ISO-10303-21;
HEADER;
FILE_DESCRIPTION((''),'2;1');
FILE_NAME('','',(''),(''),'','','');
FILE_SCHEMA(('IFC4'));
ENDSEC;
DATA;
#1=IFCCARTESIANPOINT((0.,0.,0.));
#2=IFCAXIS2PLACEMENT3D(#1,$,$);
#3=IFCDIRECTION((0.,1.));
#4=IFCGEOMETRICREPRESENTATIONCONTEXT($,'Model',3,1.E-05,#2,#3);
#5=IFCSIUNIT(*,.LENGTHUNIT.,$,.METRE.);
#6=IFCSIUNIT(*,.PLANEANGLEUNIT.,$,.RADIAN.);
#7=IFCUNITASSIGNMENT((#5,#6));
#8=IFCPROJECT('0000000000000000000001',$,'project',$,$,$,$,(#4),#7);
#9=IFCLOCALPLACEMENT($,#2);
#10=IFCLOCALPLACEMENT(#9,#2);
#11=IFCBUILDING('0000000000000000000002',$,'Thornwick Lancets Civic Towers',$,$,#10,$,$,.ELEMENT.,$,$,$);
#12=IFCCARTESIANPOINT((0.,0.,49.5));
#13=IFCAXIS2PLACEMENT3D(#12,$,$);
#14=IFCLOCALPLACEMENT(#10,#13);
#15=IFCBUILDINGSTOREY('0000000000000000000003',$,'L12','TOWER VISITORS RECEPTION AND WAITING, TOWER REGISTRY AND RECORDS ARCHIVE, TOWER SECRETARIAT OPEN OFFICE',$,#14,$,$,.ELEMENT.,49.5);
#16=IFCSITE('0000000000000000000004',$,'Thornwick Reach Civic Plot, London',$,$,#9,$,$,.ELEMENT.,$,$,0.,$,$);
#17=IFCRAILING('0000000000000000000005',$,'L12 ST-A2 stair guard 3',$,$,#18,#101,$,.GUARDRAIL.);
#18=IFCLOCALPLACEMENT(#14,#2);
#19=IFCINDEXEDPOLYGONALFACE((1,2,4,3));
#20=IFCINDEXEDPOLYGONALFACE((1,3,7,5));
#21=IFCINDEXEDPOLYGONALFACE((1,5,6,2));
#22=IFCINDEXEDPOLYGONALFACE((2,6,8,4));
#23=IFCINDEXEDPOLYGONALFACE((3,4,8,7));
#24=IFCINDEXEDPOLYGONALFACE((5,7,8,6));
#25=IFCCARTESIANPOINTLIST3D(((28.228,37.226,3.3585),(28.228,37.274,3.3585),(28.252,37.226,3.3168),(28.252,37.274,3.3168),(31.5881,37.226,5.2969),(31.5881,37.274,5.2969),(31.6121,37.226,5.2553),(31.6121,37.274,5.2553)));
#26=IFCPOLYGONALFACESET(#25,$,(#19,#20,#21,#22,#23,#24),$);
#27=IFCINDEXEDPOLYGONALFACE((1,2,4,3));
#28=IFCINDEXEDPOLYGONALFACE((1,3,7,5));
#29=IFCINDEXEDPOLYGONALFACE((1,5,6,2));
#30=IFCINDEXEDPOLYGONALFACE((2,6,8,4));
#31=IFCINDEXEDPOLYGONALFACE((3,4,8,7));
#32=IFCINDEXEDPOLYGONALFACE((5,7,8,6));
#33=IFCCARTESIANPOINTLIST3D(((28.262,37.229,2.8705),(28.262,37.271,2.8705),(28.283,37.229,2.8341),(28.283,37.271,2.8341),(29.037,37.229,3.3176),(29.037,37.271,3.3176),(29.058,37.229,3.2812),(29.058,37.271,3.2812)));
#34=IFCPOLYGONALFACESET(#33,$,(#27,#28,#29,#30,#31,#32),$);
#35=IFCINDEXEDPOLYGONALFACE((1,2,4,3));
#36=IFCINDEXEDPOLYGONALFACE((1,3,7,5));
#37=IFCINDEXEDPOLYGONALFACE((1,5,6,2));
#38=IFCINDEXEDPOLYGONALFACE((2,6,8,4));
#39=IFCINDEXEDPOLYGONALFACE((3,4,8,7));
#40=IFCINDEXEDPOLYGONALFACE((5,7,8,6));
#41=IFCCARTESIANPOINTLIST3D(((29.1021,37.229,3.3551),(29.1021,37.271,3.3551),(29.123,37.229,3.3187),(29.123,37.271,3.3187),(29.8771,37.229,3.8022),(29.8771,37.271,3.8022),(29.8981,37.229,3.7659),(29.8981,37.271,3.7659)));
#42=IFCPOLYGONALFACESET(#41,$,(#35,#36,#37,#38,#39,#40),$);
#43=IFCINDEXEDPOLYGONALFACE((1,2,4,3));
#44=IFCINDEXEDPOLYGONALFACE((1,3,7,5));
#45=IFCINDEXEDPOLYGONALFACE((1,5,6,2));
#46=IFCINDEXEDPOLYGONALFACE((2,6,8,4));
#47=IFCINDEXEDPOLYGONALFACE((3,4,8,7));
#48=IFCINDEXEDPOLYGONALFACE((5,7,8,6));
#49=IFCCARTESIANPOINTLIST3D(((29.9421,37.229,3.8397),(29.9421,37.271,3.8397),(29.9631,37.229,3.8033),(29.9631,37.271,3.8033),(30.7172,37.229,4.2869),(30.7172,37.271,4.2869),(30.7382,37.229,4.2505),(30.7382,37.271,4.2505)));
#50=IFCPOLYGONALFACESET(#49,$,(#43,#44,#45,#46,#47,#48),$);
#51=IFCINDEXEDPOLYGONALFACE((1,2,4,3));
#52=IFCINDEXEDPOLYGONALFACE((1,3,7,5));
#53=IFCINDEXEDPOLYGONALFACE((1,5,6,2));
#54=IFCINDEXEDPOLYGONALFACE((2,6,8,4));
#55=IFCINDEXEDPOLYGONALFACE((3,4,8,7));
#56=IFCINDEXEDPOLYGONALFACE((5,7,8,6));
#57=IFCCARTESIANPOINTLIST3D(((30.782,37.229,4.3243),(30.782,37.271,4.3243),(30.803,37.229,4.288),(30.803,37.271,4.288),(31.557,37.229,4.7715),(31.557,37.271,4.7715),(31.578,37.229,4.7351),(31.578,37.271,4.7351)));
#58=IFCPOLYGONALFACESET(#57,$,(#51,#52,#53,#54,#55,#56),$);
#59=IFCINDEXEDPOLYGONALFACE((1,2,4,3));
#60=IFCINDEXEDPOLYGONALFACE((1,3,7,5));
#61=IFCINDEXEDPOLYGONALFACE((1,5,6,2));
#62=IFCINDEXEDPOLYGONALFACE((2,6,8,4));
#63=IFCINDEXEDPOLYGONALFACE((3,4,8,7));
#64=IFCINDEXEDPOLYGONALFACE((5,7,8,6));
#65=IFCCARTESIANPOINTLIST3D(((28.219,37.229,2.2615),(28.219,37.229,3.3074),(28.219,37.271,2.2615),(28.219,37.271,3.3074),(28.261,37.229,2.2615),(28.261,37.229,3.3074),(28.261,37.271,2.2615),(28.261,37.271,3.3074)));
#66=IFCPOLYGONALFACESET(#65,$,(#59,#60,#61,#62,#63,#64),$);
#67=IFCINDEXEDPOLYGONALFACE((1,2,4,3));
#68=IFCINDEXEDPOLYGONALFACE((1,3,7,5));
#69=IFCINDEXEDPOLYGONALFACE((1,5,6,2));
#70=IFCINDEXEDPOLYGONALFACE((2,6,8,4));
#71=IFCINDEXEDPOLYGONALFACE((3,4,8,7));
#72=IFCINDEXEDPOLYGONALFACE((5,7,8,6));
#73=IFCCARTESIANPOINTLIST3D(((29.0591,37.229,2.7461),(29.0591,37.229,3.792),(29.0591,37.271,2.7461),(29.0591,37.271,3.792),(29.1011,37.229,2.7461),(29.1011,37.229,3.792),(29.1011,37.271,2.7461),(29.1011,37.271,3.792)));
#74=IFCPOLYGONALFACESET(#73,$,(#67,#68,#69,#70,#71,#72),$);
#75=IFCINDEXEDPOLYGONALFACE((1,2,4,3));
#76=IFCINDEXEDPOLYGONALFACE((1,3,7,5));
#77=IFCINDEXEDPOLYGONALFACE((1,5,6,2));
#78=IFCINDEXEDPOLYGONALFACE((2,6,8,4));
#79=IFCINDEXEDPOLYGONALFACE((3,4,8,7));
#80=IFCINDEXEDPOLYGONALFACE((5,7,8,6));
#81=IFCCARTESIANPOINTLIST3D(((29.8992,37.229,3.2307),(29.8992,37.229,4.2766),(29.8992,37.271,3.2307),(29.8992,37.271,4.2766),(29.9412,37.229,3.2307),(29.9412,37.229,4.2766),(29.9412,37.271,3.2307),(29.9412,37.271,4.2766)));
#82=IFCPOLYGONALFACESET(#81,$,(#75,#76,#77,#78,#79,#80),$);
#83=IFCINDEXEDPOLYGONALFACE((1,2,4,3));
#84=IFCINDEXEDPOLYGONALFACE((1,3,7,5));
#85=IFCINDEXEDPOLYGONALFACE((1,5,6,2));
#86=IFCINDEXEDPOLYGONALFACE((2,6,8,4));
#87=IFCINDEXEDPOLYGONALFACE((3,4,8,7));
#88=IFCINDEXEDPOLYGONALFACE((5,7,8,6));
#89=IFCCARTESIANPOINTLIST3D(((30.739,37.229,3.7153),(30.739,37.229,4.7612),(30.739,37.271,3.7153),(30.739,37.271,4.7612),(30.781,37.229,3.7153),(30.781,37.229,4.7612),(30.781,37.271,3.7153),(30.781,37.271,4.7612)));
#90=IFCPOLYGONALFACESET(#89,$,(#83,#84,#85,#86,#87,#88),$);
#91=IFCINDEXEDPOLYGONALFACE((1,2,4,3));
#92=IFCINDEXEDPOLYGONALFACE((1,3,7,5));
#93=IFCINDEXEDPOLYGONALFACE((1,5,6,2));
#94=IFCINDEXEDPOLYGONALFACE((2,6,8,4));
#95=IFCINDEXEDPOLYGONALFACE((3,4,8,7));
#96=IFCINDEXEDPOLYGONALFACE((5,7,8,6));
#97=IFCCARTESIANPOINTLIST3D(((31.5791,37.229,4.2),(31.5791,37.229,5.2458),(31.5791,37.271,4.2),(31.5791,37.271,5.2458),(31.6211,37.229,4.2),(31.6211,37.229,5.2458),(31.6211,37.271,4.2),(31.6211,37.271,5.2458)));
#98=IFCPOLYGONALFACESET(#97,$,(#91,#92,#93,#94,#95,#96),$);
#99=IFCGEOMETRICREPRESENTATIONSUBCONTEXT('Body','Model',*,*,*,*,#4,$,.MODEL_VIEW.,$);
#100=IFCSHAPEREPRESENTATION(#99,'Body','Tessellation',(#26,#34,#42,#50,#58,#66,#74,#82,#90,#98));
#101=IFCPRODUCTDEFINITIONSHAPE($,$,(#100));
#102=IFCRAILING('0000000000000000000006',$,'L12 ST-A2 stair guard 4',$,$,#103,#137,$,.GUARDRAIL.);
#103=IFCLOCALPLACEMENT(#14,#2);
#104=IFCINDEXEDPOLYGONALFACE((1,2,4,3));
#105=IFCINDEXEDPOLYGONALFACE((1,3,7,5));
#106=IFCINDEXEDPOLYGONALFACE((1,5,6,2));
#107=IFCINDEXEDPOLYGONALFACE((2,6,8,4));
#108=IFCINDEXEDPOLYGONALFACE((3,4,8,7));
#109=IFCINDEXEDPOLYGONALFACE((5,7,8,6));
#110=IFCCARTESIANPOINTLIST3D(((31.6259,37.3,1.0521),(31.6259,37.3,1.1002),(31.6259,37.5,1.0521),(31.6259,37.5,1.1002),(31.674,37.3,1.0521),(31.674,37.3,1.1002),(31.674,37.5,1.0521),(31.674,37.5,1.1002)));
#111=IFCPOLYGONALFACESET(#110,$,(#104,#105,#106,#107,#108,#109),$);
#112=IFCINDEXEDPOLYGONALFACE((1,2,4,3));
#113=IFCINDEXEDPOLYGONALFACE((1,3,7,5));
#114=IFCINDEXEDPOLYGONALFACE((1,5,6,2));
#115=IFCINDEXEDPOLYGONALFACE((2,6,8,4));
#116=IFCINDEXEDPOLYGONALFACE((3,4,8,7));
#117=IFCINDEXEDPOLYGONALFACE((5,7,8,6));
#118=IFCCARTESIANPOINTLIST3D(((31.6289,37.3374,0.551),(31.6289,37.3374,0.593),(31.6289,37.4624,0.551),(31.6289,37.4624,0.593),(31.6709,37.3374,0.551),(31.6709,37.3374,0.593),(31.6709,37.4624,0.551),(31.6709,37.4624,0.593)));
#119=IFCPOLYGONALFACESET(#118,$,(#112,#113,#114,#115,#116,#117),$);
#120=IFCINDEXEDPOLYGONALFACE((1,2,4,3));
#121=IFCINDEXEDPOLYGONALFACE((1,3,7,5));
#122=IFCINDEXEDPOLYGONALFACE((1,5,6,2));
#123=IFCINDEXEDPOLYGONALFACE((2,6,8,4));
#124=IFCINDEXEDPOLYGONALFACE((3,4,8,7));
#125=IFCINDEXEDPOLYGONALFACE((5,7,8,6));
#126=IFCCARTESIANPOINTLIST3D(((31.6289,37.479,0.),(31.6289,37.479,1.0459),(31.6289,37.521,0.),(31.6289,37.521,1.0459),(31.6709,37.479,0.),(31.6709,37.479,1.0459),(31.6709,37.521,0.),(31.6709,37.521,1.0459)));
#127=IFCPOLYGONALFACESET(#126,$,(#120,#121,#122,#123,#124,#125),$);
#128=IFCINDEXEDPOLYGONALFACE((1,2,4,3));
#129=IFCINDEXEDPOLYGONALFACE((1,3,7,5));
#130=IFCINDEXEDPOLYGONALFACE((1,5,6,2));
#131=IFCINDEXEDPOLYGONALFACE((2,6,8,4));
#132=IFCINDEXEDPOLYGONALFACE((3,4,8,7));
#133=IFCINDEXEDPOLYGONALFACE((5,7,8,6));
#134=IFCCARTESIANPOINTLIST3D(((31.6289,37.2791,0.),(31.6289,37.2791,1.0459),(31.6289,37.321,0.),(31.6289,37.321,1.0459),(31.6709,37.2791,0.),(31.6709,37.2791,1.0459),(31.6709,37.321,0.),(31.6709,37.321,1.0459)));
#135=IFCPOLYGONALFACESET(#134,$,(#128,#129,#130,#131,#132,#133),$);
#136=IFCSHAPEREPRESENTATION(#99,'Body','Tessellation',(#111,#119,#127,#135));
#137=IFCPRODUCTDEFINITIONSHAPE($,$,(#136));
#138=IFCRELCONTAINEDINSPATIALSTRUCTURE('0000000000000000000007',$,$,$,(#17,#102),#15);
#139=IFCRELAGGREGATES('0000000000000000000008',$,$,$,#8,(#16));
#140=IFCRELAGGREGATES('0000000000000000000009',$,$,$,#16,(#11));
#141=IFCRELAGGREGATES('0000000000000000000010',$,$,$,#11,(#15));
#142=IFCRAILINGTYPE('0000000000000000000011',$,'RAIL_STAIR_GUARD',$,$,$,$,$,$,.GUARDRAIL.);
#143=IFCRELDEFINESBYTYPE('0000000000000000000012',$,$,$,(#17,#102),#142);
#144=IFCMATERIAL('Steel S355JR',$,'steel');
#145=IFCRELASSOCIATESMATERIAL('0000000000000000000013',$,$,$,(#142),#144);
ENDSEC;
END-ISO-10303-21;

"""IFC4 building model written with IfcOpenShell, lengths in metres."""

from ifc_helpers import new_model, si_unit, direction, frame, origin, origin_2d, place, context, subcontext, project, spatial, rectangle, extrude, material, type_object, element, save


model = new_model("IFC4")

# Units and contexts
model_context = context("Model", 3, precision=1e-05, world=origin(), true_north=direction((0.0, 1.0)))
body_context = subcontext(model_context, "Body", "Model", "MODEL_VIEW")
ifc_project = project(units=[si_unit("LENGTHUNIT", "METRE"), si_unit("PLANEANGLEUNIT", "RADIAN")], contexts=[model_context])

# Site, building, storey
site_placement = place(None, origin())
site = spatial("IfcSite", under=ifc_project, at=site_placement, Name="Thornwick Reach Civic Plot, London", CompositionType="ELEMENT", RefElevation=0.0)
building_placement = place(site_placement, origin())
building = spatial("IfcBuilding", under=site, at=building_placement, Name="Thornwick Lancets Civic Towers", CompositionType="ELEMENT")
storey_placement = place(building_placement, frame((0.0, 0.0, 49.5)))
storey = spatial("IfcBuildingStorey", under=building, at=storey_placement, Name="L12", Description="TOWER VISITORS RECEPTION AND WAITING, TOWER REGISTRY AND RECORDS ARCHIVE, TOWER SECRETARIAT OPEN OFFICE", CompositionType="ELEMENT", Elevation=49.5)

# Shared definitions
ifc_material_1 = material(Name="Steel S355JR", Category="steel")

# Railings
railing_type_1 = type_object("IfcRailingType", Name="RAIL_STAIR_GUARD", PredefinedType="GUARDRAIL", material=ifc_material_1)
railing_1_placement = place(storey_placement, frame((28.24, 37.25, 2.2615)))
element("IfcRailing", 1, at=railing_1_placement, inside=storey, type_object=railing_type_1, Name="L12 ST-A2 stair guard 3", PredefinedType="GUARDRAIL", context=body_context, shape_type="SweptSolid", body=[
    extrude(rectangle(XDim=0.0481, YDim=0.0481, at=origin_2d()), frame((0.0, 0.0, 1.0762), z_axis=(0.866191, 0.0, 0.499713), x_axis=(0.0, 1.0, 0.0)), (0.0, 0.0, 1.0), 3.8792),
    extrude(rectangle(XDim=0.042, YDim=0.042, at=origin_2d()), frame((0.0325, 0.0, 0.5908), z_axis=(0.866191, 0.0, 0.499713), x_axis=(0.0, 1.0, 0.0)), (0.0, 0.0, 1.0), 0.8948),
    extrude(rectangle(XDim=0.042, YDim=0.042, at=origin_2d()), frame((0.8726, 0.0, 1.0754), z_axis=(0.866191, 0.0, 0.499713), x_axis=(0.0, 1.0, 0.0)), (0.0, 0.0, 1.0), 0.8948),
    extrude(rectangle(XDim=0.042, YDim=0.042, at=origin_2d()), frame((1.7126, 0.0, 1.5601), z_axis=(0.866191, 0.0, 0.499713), x_axis=(0.0, 1.0, 0.0)), (0.0, 0.0, 1.0), 0.8948),
    extrude(rectangle(XDim=0.042, YDim=0.042, at=origin_2d()), frame((2.5525, 0.0, 2.0447), z_axis=(0.866191, 0.0, 0.499713), x_axis=(0.0, 1.0, 0.0)), (0.0, 0.0, 1.0), 0.8948),
    extrude(rectangle(XDim=0.042, YDim=0.042, at=origin_2d()), origin(), (0.0, 0.0, 1.0), 1.0459),
    extrude(rectangle(XDim=0.042, YDim=0.042, at=origin_2d()), frame((0.8401, 0.0, 0.4846)), (0.0, 0.0, 1.0), 1.0459),
    extrude(rectangle(XDim=0.042, YDim=0.042, at=origin_2d()), frame((1.6802, 0.0, 0.9692)), (0.0, 0.0, 1.0), 1.0459),
    extrude(rectangle(XDim=0.042, YDim=0.042, at=origin_2d()), frame((2.52, 0.0, 1.4539)), (0.0, 0.0, 1.0), 1.0459),
    extrude(rectangle(XDim=0.042, YDim=0.042, at=origin_2d()), frame((3.3601, 0.0, 1.9385)), (0.0, 0.0, 1.0), 1.0459),
])
railing_2_placement = place(storey_placement, frame((31.6499, 37.5, 0.0)))
element("IfcRailing", 2, at=railing_2_placement, inside=storey, type_object=railing_type_1, Name="L12 ST-A2 stair guard 4", PredefinedType="GUARDRAIL", context=body_context, shape_type="SweptSolid", body=[
    extrude(rectangle(XDim=0.0481, YDim=0.0481, at=origin_2d()), frame((0.0, 0.0, 1.0762), z_axis=(0.0, -1.0, 0.0), x_axis=(1.0, 0.0, 0.0)), (0.0, 0.0, 1.0), 0.2),
    extrude(rectangle(XDim=0.042, YDim=0.042, at=origin_2d()), frame((0.0, -0.0376, 0.572), z_axis=(0.0, -1.0, 0.0), x_axis=(1.0, 0.0, 0.0)), (0.0, 0.0, 1.0), 0.125),
    extrude(rectangle(XDim=0.042, YDim=0.042, at=origin_2d()), origin(), (0.0, 0.0, 1.0), 1.0459),
    extrude(rectangle(XDim=0.042, YDim=0.042, at=origin_2d()), frame((0.0, -0.2, 0.0)), (0.0, 0.0, 1.0), 1.0459),
])

save(model, "model.ifc")
